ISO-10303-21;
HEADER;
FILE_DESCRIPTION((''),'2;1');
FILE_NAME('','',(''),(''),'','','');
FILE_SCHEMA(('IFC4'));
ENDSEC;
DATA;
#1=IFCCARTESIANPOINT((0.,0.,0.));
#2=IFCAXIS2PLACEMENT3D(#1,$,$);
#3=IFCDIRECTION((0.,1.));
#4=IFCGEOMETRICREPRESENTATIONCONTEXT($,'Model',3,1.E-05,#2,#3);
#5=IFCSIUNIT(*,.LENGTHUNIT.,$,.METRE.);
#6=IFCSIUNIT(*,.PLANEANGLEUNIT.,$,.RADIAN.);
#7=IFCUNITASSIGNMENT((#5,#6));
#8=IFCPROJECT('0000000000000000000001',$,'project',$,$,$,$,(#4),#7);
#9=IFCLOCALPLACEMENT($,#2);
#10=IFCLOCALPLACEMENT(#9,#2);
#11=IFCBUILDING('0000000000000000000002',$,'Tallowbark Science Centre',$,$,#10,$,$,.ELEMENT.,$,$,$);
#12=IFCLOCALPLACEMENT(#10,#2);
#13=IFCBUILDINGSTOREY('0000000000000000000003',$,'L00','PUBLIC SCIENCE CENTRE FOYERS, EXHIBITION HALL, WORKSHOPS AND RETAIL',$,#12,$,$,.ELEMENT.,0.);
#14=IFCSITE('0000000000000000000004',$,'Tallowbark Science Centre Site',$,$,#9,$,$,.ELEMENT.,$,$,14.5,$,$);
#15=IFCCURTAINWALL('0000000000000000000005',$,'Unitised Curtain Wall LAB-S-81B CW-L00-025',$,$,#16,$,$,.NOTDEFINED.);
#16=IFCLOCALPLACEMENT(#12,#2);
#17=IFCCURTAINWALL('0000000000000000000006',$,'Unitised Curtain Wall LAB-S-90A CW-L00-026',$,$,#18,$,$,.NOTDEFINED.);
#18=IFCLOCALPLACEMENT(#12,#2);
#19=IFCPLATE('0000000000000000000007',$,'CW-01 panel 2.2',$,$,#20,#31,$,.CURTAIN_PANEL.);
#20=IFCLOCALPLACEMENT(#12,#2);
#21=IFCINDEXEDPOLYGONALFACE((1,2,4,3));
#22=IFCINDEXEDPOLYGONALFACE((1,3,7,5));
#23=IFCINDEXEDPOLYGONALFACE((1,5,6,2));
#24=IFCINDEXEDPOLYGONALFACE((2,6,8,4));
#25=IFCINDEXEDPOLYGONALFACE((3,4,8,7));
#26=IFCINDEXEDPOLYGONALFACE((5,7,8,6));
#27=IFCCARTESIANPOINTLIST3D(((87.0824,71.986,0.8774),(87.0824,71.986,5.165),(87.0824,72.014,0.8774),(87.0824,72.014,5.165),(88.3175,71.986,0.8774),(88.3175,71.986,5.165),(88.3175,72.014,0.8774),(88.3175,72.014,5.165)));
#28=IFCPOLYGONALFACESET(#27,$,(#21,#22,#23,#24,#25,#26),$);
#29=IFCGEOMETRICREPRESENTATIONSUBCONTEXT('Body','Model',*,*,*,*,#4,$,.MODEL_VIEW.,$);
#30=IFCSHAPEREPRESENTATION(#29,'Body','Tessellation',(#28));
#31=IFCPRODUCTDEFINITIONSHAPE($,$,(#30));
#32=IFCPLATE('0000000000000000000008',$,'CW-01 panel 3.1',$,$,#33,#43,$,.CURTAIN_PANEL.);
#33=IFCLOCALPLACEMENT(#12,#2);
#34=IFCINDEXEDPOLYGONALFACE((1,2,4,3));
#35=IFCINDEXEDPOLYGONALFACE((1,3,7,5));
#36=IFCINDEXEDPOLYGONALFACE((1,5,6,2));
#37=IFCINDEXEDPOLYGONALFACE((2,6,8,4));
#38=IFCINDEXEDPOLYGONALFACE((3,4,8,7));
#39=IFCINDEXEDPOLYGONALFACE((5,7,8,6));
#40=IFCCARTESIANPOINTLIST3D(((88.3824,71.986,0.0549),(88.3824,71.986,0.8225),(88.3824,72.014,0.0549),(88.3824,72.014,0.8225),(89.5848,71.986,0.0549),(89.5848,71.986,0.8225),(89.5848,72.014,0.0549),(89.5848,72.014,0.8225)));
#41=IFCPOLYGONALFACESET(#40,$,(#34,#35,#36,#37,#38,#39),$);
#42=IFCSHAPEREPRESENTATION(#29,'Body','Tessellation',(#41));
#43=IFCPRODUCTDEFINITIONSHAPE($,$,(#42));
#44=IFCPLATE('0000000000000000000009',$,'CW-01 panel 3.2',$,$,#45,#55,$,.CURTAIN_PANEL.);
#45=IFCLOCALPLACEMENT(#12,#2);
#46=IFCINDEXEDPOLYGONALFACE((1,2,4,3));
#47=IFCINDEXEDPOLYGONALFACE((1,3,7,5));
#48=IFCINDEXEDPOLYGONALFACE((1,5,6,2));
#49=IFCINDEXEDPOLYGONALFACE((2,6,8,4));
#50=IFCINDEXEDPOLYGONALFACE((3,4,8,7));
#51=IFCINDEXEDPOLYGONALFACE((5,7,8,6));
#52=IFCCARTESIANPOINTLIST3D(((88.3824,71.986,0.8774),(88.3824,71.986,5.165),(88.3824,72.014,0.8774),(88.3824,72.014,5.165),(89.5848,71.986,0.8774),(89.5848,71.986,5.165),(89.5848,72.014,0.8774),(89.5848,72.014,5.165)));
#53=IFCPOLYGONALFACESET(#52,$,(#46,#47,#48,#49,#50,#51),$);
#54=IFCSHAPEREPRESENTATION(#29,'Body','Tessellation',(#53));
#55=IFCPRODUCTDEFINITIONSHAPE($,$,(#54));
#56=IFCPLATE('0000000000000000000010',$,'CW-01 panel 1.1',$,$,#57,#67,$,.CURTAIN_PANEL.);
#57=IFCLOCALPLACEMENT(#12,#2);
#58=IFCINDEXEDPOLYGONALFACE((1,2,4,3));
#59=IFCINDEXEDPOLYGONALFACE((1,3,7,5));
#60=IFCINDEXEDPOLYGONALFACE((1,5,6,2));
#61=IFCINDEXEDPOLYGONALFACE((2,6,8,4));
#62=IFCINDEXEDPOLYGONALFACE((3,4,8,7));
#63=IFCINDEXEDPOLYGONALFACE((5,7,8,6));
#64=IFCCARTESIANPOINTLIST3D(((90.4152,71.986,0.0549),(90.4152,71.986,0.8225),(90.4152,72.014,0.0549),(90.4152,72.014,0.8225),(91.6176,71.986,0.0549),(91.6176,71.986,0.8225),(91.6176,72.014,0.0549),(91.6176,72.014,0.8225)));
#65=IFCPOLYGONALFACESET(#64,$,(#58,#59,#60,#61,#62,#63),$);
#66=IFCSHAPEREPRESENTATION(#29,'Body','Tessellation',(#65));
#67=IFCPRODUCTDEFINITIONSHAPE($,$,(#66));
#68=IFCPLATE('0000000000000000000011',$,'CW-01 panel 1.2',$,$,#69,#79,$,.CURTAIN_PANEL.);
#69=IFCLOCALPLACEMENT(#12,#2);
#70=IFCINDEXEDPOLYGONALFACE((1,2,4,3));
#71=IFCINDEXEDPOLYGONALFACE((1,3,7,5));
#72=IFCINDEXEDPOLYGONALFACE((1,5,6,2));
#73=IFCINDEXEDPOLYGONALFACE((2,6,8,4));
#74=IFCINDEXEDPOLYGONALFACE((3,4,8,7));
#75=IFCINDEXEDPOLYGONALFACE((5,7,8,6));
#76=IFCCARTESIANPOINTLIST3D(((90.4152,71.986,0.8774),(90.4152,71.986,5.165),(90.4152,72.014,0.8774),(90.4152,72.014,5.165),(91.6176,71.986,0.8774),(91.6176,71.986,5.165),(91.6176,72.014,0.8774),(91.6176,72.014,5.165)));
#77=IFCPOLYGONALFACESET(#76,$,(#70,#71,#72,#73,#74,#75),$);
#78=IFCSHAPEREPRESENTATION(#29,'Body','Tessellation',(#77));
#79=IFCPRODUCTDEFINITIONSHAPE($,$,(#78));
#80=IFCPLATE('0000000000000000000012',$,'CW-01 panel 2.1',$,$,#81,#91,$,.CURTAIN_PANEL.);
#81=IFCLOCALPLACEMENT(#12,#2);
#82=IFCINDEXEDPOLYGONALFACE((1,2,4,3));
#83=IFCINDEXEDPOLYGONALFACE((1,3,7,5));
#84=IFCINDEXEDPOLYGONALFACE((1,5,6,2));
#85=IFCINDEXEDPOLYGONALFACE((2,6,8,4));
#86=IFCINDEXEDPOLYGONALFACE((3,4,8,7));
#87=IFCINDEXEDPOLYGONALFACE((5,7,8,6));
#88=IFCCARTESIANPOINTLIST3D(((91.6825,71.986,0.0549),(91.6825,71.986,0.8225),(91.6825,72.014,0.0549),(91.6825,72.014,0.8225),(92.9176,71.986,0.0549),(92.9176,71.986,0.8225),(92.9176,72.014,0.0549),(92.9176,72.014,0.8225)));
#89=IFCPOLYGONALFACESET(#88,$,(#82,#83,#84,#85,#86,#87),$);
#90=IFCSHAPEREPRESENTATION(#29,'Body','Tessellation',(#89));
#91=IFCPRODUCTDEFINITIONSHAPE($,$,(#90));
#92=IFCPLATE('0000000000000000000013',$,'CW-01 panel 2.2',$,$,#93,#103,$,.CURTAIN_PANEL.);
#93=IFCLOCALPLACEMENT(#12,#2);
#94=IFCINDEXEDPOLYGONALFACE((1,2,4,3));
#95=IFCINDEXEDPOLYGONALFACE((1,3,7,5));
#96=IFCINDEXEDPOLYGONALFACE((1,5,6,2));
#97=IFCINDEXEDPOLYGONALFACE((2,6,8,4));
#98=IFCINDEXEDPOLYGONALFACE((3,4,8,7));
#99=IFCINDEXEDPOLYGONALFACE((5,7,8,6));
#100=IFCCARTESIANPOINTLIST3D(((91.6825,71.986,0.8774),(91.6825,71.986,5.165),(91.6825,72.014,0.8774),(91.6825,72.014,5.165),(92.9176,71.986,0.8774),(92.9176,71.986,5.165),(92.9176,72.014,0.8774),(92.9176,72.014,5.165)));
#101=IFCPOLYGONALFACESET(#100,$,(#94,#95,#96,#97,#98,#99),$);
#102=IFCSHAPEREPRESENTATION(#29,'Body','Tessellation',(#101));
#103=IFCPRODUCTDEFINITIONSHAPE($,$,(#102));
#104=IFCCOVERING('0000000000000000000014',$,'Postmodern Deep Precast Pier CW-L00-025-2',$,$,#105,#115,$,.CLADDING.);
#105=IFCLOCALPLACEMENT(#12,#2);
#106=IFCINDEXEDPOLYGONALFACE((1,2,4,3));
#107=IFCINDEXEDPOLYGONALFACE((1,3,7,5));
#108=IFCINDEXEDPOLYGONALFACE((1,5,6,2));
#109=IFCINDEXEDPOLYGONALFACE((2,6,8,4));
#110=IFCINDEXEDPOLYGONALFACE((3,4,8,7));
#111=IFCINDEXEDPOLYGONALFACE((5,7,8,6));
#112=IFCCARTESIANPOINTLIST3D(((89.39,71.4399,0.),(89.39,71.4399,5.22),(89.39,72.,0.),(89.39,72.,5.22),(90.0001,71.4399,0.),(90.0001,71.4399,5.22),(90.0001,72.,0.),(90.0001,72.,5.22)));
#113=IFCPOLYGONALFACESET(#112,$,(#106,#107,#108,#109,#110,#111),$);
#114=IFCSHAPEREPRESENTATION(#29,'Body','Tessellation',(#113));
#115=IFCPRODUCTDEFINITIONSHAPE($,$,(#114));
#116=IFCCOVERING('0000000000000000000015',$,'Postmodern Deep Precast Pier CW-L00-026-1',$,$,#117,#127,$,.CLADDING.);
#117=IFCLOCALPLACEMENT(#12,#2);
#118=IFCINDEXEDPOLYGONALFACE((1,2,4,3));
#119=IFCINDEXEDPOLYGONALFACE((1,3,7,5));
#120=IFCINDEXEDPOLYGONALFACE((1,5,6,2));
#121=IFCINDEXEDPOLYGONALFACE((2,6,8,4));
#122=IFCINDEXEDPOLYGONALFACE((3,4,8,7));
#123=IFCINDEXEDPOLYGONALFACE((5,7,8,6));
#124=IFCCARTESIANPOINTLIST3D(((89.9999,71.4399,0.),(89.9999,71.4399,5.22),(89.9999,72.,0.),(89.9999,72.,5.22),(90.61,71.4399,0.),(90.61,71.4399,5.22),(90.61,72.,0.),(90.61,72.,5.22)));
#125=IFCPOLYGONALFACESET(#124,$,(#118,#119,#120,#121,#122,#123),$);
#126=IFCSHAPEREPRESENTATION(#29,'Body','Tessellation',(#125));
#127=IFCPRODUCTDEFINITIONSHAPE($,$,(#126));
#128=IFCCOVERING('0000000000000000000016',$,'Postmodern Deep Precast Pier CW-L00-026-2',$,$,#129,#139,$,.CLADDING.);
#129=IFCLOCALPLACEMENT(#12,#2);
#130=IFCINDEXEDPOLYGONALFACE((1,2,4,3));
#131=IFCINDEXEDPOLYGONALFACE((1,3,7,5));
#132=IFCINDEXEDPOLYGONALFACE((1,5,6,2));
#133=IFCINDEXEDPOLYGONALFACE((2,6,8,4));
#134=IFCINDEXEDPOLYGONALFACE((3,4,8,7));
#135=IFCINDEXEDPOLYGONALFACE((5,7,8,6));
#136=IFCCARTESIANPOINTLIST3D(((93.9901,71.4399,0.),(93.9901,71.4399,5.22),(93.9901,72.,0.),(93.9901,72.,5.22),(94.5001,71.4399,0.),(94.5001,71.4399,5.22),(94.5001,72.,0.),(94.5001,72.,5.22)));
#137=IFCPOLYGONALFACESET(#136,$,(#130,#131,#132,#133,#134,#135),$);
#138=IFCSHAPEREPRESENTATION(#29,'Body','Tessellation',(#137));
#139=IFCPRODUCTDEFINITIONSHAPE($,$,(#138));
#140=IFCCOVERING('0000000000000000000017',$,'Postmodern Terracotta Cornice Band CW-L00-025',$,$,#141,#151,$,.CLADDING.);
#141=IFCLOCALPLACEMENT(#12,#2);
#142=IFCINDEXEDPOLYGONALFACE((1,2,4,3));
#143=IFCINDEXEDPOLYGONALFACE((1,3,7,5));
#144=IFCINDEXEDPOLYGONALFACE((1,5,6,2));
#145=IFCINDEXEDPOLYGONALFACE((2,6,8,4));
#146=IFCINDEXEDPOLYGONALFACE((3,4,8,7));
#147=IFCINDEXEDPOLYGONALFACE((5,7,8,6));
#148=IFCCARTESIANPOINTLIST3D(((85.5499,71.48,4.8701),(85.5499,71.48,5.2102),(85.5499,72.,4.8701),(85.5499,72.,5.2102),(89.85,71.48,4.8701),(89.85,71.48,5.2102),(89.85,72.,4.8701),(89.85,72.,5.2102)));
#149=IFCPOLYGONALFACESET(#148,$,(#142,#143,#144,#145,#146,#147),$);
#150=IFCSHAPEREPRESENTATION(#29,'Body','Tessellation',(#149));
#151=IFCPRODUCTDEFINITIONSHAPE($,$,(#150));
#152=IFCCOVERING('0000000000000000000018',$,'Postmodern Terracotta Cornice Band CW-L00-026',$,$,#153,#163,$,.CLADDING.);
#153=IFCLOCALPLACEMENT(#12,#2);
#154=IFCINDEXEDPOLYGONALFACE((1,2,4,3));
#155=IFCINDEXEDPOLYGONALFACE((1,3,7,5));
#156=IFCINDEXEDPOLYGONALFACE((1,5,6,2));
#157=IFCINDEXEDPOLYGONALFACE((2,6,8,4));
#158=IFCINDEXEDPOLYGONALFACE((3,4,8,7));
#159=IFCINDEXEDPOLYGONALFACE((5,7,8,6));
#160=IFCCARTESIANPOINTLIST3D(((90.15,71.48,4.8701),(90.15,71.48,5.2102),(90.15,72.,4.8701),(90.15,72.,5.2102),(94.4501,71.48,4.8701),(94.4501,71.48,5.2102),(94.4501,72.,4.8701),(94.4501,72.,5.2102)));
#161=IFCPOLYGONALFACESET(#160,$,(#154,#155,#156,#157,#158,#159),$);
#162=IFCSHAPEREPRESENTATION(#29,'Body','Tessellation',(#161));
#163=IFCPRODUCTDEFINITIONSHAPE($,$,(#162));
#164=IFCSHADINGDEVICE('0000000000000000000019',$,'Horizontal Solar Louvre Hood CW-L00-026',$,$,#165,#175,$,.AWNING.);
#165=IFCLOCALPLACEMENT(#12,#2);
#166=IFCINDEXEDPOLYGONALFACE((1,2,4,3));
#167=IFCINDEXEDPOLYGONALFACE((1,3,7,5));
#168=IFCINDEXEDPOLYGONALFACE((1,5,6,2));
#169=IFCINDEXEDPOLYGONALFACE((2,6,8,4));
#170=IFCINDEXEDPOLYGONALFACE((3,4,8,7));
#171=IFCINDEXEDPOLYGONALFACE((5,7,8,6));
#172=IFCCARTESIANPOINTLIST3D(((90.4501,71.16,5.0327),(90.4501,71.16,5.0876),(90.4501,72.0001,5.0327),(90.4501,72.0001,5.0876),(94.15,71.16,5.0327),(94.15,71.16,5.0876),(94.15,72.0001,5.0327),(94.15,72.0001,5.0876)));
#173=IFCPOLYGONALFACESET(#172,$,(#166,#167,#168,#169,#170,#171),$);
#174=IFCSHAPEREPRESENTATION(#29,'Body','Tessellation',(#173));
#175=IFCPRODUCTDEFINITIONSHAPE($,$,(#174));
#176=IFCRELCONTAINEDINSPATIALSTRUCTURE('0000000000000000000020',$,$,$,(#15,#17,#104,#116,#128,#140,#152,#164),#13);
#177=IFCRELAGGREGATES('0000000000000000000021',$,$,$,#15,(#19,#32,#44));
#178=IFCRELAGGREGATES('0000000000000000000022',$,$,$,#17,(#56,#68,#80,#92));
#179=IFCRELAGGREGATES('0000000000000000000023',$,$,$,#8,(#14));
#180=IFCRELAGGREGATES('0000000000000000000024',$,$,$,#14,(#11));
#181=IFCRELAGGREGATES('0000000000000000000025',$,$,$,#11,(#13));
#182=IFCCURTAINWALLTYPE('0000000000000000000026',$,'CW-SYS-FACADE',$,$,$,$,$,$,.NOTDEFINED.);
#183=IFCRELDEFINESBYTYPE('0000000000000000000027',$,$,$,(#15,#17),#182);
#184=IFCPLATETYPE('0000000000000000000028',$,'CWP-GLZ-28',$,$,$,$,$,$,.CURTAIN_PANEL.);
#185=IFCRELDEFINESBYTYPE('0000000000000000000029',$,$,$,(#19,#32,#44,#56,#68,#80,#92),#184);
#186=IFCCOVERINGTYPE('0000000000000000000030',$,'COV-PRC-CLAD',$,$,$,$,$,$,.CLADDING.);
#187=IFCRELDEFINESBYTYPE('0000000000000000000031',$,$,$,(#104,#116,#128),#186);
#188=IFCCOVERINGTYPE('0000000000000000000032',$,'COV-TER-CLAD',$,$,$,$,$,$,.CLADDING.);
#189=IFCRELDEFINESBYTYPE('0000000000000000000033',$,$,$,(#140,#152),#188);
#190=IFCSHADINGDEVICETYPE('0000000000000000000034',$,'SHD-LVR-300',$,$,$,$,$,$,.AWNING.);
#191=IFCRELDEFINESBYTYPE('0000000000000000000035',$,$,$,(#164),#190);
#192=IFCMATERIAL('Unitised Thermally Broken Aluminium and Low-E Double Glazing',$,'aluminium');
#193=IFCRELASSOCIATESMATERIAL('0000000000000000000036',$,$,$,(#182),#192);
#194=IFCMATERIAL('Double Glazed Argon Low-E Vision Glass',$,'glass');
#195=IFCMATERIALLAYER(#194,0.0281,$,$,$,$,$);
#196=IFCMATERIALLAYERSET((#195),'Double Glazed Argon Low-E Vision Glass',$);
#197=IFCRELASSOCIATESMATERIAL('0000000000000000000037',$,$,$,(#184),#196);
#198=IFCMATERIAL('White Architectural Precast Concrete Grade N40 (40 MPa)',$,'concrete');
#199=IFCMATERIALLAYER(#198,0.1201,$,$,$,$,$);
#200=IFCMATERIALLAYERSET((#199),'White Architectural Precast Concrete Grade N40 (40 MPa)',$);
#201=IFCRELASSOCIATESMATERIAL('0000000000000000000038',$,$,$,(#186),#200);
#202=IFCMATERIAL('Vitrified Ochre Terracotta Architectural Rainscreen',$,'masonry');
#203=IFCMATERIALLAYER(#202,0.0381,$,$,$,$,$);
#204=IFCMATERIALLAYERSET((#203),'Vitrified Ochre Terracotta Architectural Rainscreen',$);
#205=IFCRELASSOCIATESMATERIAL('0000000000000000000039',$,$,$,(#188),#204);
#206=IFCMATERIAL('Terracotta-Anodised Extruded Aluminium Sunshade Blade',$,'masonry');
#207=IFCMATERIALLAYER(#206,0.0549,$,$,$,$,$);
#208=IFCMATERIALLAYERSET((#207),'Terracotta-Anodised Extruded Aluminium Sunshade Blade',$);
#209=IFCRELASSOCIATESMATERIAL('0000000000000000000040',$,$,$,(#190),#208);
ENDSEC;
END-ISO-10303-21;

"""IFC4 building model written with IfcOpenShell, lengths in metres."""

from ifc_helpers import new_model, si_unit, direction, frame, origin, origin_2d, place, context, subcontext, project, spatial, rectangle, extrude, material, layer, layer_set, type_object, element, aggregate, save


model = new_model("IFC4")

# Units and contexts
model_context = context("Model", 3, precision=1e-05, world=origin(), true_north=direction((0.0, 1.0)))
body_context = subcontext(model_context, "Body", "Model", "MODEL_VIEW")
ifc_project = project(units=[si_unit("LENGTHUNIT", "METRE"), si_unit("PLANEANGLEUNIT", "RADIAN")], contexts=[model_context])

# Site, building, storey
site_placement = place(None, origin())
site = spatial("IfcSite", under=ifc_project, at=site_placement, Name="Tallowbark Science Centre Site", CompositionType="ELEMENT", RefElevation=14.5)
building_placement = place(site_placement, origin())
building = spatial("IfcBuilding", under=site, at=building_placement, Name="Tallowbark Science Centre", CompositionType="ELEMENT")
storey_placement = place(building_placement, origin())
storey = spatial("IfcBuildingStorey", under=building, at=storey_placement, Name="L00", Description="PUBLIC SCIENCE CENTRE FOYERS, EXHIBITION HALL, WORKSHOPS AND RETAIL", CompositionType="ELEMENT", Elevation=0.0)

# Curtain walls
ifc_material_1 = material(Name="Unitised Thermally Broken Aluminium and Low-E Double Glazing", Category="aluminium")
curtain_wall_type = type_object("IfcCurtainWallType", Name="CW-SYS-FACADE", PredefinedType="NOTDEFINED", material=ifc_material_1)
curtain_wall_1_placement = place(storey_placement, origin())
curtain_wall_1 = element("IfcCurtainWall", 1, at=curtain_wall_1_placement, inside=storey, type_object=curtain_wall_type, Name="Unitised Curtain Wall LAB-S-81B CW-L00-025", PredefinedType="NOTDEFINED")
curtain_wall_2_placement = place(storey_placement, origin())
curtain_wall_2 = element("IfcCurtainWall", 2, at=curtain_wall_2_placement, inside=storey, type_object=curtain_wall_type, Name="Unitised Curtain Wall LAB-S-90A CW-L00-026", PredefinedType="NOTDEFINED")

# Plates
ifc_material_2 = material(Name="Double Glazed Argon Low-E Vision Glass", Category="glass")
ifc_layer_1 = layer(ifc_material_2, 0.0281)
ifc_layer_set_1 = layer_set([ifc_layer_1], Name="Double Glazed Argon Low-E Vision Glass")
plate_type = type_object("IfcPlateType", Name="CWP-GLZ-28", PredefinedType="CURTAIN_PANEL", material=ifc_layer_set_1)
plate_1_placement = place(storey_placement, frame((87.7, 72.0, 0.8774), z_axis=(0.0, 0.0, 1.0), x_axis=(1.0, 0.0, 0.0)))
plate_1 = element("IfcPlate", 3, at=plate_1_placement, type_object=plate_type, Name="CW-01 panel 2.2", PredefinedType="CURTAIN_PANEL", context=body_context, shape_type="SweptSolid", body=[
    extrude(rectangle(XDim=1.2351, YDim=0.0281, at=origin_2d()), origin(), (0.0, 0.0, 1.0), 4.2876),
])
plate_2_placement = place(storey_placement, frame((88.9836, 72.0, 0.0549), z_axis=(0.0, 0.0, 1.0), x_axis=(1.0, 0.0, 0.0)))
plate_2 = element("IfcPlate", 4, at=plate_2_placement, type_object=plate_type, Name="CW-01 panel 3.1", PredefinedType="CURTAIN_PANEL", context=body_context, shape_type="SweptSolid", body=[
    extrude(rectangle(XDim=1.2024, YDim=0.0281, at=origin_2d()), origin(), (0.0, 0.0, 1.0), 0.7676),
])
plate_3_placement = place(storey_placement, frame((88.9836, 72.0, 0.8774), z_axis=(0.0, 0.0, 1.0), x_axis=(1.0, 0.0, 0.0)))
plate_3 = element("IfcPlate", 5, at=plate_3_placement, type_object=plate_type, Name="CW-01 panel 3.2", PredefinedType="CURTAIN_PANEL", context=body_context, shape_type="SweptSolid", body=[
    extrude(rectangle(XDim=1.2024, YDim=0.0281, at=origin_2d()), origin(), (0.0, 0.0, 1.0), 4.2876),
])
aggregate(curtain_wall_1, [plate_1, plate_2, plate_3])
plate_4_placement = place(storey_placement, frame((91.0164, 72.0, 0.0549), z_axis=(0.0, 0.0, 1.0), x_axis=(1.0, 0.0, 0.0)))
plate_4 = element("IfcPlate", 6, at=plate_4_placement, type_object=plate_type, Name="CW-01 panel 1.1", PredefinedType="CURTAIN_PANEL", context=body_context, shape_type="SweptSolid", body=[
    extrude(rectangle(XDim=1.2024, YDim=0.0281, at=origin_2d()), origin(), (0.0, 0.0, 1.0), 0.7676),
])
plate_5_placement = place(storey_placement, frame((91.0164, 72.0, 0.8774), z_axis=(0.0, 0.0, 1.0), x_axis=(1.0, 0.0, 0.0)))
plate_5 = element("IfcPlate", 7, at=plate_5_placement, type_object=plate_type, Name="CW-01 panel 1.2", PredefinedType="CURTAIN_PANEL", context=body_context, shape_type="SweptSolid", body=[
    extrude(rectangle(XDim=1.2024, YDim=0.0281, at=origin_2d()), origin(), (0.0, 0.0, 1.0), 4.2876),
])
plate_6_placement = place(storey_placement, frame((92.3, 72.0, 0.0549), z_axis=(0.0, 0.0, 1.0), x_axis=(1.0, 0.0, 0.0)))
plate_6 = element("IfcPlate", 8, at=plate_6_placement, type_object=plate_type, Name="CW-01 panel 2.1", PredefinedType="CURTAIN_PANEL", context=body_context, shape_type="SweptSolid", body=[
    extrude(rectangle(XDim=1.2351, YDim=0.0281, at=origin_2d()), origin(), (0.0, 0.0, 1.0), 0.7676),
])
plate_7_placement = place(storey_placement, frame((92.3, 72.0, 0.8774), z_axis=(0.0, 0.0, 1.0), x_axis=(1.0, 0.0, 0.0)))
plate_7 = element("IfcPlate", 9, at=plate_7_placement, type_object=plate_type, Name="CW-01 panel 2.2", PredefinedType="CURTAIN_PANEL", context=body_context, shape_type="SweptSolid", body=[
    extrude(rectangle(XDim=1.2351, YDim=0.0281, at=origin_2d()), origin(), (0.0, 0.0, 1.0), 4.2876),
])
aggregate(curtain_wall_2, [plate_4, plate_5, plate_6, plate_7])

# Coverings
ifc_material_3 = material(Name="White Architectural Precast Concrete Grade N40 (40 MPa)", Category="concrete")
ifc_layer_2 = layer(ifc_material_3, 0.1201)
ifc_layer_set_2 = layer_set([ifc_layer_2], Name="White Architectural Precast Concrete Grade N40 (40 MPa)")
covering_type_1 = type_object("IfcCoveringType", Name="COV-PRC-CLAD", PredefinedType="CLADDING", material=ifc_layer_set_2)
for number, where, z_axis, x_axis, name in (
    (10, (89.6951, 71.72, 0.0), (0.0, 0.0, 1.0), (1.0, 0.0, 0.0), "Postmodern Deep Precast Pier CW-L00-025-2"),
    (11, (90.3049, 71.72, 0.0), (0.0, 0.0, 1.0), (1.0, 0.0, 0.0), "Postmodern Deep Precast Pier CW-L00-026-1"),
):
    element("IfcCovering", number, at=place(storey_placement, frame(where, z_axis=z_axis, x_axis=x_axis)), inside=storey, type_object=covering_type_1, Name=name, PredefinedType="CLADDING", context=body_context, shape_type="SweptSolid", body=[
        extrude(rectangle(XDim=0.6101, YDim=0.5601, at=origin_2d()), origin(), (0.0, 0.0, 1.0), 5.22),
    ])
covering_placement = place(storey_placement, frame((94.2451, 71.72, 0.0), z_axis=(0.0, 0.0, 1.0), x_axis=(1.0, 0.0, 0.0)))
element("IfcCovering", 12, at=covering_placement, inside=storey, type_object=covering_type_1, Name="Postmodern Deep Precast Pier CW-L00-026-2", PredefinedType="CLADDING", context=body_context, shape_type="SweptSolid", body=[
    extrude(rectangle(XDim=0.51, YDim=0.5601, at=origin_2d()), origin(), (0.0, 0.0, 1.0), 5.22),
])
ifc_material_4 = material(Name="Vitrified Ochre Terracotta Architectural Rainscreen", Category="masonry")
ifc_layer_3 = layer(ifc_material_4, 0.0381)
ifc_layer_set_3 = layer_set([ifc_layer_3], Name="Vitrified Ochre Terracotta Architectural Rainscreen")
covering_type_2 = type_object("IfcCoveringType", Name="COV-TER-CLAD", PredefinedType="CLADDING", material=ifc_layer_set_3)
for number, where, z_axis, x_axis, name in (
    (13, (87.7, 71.74, 4.8701), (0.0, 0.0, 1.0), (1.0, 0.0, 0.0), "Postmodern Terracotta Cornice Band CW-L00-025"),
    (14, (92.3, 71.74, 4.8701), (0.0, 0.0, 1.0), (1.0, 0.0, 0.0), "Postmodern Terracotta Cornice Band CW-L00-026"),
):
    element("IfcCovering", number, at=place(storey_placement, frame(where, z_axis=z_axis, x_axis=x_axis)), inside=storey, type_object=covering_type_2, Name=name, PredefinedType="CLADDING", context=body_context, shape_type="SweptSolid", body=[
        extrude(rectangle(XDim=4.3, YDim=0.52, at=origin_2d()), origin(), (0.0, 0.0, 1.0), 0.3401),
    ])

# Shading device
ifc_material_5 = material(Name="Terracotta-Anodised Extruded Aluminium Sunshade Blade", Category="masonry")
ifc_layer_4 = layer(ifc_material_5, 0.0549)
ifc_layer_set_4 = layer_set([ifc_layer_4], Name="Terracotta-Anodised Extruded Aluminium Sunshade Blade")
shading_device_type = type_object("IfcShadingDeviceType", Name="SHD-LVR-300", PredefinedType="AWNING", material=ifc_layer_set_4)
shading_device_placement = place(storey_placement, frame((92.3, 71.5801, 5.0327), z_axis=(0.0, 0.0, 1.0), x_axis=(1.0, 0.0, 0.0)))
element("IfcShadingDevice", 15, at=shading_device_placement, inside=storey, type_object=shading_device_type, Name="Horizontal Solar Louvre Hood CW-L00-026", PredefinedType="AWNING", context=body_context, shape_type="SweptSolid", body=[
    extrude(rectangle(XDim=3.7, YDim=0.8401, at=origin_2d()), origin(), (0.0, 0.0, 1.0), 0.0549),
])

save(model, "model.ifc")
